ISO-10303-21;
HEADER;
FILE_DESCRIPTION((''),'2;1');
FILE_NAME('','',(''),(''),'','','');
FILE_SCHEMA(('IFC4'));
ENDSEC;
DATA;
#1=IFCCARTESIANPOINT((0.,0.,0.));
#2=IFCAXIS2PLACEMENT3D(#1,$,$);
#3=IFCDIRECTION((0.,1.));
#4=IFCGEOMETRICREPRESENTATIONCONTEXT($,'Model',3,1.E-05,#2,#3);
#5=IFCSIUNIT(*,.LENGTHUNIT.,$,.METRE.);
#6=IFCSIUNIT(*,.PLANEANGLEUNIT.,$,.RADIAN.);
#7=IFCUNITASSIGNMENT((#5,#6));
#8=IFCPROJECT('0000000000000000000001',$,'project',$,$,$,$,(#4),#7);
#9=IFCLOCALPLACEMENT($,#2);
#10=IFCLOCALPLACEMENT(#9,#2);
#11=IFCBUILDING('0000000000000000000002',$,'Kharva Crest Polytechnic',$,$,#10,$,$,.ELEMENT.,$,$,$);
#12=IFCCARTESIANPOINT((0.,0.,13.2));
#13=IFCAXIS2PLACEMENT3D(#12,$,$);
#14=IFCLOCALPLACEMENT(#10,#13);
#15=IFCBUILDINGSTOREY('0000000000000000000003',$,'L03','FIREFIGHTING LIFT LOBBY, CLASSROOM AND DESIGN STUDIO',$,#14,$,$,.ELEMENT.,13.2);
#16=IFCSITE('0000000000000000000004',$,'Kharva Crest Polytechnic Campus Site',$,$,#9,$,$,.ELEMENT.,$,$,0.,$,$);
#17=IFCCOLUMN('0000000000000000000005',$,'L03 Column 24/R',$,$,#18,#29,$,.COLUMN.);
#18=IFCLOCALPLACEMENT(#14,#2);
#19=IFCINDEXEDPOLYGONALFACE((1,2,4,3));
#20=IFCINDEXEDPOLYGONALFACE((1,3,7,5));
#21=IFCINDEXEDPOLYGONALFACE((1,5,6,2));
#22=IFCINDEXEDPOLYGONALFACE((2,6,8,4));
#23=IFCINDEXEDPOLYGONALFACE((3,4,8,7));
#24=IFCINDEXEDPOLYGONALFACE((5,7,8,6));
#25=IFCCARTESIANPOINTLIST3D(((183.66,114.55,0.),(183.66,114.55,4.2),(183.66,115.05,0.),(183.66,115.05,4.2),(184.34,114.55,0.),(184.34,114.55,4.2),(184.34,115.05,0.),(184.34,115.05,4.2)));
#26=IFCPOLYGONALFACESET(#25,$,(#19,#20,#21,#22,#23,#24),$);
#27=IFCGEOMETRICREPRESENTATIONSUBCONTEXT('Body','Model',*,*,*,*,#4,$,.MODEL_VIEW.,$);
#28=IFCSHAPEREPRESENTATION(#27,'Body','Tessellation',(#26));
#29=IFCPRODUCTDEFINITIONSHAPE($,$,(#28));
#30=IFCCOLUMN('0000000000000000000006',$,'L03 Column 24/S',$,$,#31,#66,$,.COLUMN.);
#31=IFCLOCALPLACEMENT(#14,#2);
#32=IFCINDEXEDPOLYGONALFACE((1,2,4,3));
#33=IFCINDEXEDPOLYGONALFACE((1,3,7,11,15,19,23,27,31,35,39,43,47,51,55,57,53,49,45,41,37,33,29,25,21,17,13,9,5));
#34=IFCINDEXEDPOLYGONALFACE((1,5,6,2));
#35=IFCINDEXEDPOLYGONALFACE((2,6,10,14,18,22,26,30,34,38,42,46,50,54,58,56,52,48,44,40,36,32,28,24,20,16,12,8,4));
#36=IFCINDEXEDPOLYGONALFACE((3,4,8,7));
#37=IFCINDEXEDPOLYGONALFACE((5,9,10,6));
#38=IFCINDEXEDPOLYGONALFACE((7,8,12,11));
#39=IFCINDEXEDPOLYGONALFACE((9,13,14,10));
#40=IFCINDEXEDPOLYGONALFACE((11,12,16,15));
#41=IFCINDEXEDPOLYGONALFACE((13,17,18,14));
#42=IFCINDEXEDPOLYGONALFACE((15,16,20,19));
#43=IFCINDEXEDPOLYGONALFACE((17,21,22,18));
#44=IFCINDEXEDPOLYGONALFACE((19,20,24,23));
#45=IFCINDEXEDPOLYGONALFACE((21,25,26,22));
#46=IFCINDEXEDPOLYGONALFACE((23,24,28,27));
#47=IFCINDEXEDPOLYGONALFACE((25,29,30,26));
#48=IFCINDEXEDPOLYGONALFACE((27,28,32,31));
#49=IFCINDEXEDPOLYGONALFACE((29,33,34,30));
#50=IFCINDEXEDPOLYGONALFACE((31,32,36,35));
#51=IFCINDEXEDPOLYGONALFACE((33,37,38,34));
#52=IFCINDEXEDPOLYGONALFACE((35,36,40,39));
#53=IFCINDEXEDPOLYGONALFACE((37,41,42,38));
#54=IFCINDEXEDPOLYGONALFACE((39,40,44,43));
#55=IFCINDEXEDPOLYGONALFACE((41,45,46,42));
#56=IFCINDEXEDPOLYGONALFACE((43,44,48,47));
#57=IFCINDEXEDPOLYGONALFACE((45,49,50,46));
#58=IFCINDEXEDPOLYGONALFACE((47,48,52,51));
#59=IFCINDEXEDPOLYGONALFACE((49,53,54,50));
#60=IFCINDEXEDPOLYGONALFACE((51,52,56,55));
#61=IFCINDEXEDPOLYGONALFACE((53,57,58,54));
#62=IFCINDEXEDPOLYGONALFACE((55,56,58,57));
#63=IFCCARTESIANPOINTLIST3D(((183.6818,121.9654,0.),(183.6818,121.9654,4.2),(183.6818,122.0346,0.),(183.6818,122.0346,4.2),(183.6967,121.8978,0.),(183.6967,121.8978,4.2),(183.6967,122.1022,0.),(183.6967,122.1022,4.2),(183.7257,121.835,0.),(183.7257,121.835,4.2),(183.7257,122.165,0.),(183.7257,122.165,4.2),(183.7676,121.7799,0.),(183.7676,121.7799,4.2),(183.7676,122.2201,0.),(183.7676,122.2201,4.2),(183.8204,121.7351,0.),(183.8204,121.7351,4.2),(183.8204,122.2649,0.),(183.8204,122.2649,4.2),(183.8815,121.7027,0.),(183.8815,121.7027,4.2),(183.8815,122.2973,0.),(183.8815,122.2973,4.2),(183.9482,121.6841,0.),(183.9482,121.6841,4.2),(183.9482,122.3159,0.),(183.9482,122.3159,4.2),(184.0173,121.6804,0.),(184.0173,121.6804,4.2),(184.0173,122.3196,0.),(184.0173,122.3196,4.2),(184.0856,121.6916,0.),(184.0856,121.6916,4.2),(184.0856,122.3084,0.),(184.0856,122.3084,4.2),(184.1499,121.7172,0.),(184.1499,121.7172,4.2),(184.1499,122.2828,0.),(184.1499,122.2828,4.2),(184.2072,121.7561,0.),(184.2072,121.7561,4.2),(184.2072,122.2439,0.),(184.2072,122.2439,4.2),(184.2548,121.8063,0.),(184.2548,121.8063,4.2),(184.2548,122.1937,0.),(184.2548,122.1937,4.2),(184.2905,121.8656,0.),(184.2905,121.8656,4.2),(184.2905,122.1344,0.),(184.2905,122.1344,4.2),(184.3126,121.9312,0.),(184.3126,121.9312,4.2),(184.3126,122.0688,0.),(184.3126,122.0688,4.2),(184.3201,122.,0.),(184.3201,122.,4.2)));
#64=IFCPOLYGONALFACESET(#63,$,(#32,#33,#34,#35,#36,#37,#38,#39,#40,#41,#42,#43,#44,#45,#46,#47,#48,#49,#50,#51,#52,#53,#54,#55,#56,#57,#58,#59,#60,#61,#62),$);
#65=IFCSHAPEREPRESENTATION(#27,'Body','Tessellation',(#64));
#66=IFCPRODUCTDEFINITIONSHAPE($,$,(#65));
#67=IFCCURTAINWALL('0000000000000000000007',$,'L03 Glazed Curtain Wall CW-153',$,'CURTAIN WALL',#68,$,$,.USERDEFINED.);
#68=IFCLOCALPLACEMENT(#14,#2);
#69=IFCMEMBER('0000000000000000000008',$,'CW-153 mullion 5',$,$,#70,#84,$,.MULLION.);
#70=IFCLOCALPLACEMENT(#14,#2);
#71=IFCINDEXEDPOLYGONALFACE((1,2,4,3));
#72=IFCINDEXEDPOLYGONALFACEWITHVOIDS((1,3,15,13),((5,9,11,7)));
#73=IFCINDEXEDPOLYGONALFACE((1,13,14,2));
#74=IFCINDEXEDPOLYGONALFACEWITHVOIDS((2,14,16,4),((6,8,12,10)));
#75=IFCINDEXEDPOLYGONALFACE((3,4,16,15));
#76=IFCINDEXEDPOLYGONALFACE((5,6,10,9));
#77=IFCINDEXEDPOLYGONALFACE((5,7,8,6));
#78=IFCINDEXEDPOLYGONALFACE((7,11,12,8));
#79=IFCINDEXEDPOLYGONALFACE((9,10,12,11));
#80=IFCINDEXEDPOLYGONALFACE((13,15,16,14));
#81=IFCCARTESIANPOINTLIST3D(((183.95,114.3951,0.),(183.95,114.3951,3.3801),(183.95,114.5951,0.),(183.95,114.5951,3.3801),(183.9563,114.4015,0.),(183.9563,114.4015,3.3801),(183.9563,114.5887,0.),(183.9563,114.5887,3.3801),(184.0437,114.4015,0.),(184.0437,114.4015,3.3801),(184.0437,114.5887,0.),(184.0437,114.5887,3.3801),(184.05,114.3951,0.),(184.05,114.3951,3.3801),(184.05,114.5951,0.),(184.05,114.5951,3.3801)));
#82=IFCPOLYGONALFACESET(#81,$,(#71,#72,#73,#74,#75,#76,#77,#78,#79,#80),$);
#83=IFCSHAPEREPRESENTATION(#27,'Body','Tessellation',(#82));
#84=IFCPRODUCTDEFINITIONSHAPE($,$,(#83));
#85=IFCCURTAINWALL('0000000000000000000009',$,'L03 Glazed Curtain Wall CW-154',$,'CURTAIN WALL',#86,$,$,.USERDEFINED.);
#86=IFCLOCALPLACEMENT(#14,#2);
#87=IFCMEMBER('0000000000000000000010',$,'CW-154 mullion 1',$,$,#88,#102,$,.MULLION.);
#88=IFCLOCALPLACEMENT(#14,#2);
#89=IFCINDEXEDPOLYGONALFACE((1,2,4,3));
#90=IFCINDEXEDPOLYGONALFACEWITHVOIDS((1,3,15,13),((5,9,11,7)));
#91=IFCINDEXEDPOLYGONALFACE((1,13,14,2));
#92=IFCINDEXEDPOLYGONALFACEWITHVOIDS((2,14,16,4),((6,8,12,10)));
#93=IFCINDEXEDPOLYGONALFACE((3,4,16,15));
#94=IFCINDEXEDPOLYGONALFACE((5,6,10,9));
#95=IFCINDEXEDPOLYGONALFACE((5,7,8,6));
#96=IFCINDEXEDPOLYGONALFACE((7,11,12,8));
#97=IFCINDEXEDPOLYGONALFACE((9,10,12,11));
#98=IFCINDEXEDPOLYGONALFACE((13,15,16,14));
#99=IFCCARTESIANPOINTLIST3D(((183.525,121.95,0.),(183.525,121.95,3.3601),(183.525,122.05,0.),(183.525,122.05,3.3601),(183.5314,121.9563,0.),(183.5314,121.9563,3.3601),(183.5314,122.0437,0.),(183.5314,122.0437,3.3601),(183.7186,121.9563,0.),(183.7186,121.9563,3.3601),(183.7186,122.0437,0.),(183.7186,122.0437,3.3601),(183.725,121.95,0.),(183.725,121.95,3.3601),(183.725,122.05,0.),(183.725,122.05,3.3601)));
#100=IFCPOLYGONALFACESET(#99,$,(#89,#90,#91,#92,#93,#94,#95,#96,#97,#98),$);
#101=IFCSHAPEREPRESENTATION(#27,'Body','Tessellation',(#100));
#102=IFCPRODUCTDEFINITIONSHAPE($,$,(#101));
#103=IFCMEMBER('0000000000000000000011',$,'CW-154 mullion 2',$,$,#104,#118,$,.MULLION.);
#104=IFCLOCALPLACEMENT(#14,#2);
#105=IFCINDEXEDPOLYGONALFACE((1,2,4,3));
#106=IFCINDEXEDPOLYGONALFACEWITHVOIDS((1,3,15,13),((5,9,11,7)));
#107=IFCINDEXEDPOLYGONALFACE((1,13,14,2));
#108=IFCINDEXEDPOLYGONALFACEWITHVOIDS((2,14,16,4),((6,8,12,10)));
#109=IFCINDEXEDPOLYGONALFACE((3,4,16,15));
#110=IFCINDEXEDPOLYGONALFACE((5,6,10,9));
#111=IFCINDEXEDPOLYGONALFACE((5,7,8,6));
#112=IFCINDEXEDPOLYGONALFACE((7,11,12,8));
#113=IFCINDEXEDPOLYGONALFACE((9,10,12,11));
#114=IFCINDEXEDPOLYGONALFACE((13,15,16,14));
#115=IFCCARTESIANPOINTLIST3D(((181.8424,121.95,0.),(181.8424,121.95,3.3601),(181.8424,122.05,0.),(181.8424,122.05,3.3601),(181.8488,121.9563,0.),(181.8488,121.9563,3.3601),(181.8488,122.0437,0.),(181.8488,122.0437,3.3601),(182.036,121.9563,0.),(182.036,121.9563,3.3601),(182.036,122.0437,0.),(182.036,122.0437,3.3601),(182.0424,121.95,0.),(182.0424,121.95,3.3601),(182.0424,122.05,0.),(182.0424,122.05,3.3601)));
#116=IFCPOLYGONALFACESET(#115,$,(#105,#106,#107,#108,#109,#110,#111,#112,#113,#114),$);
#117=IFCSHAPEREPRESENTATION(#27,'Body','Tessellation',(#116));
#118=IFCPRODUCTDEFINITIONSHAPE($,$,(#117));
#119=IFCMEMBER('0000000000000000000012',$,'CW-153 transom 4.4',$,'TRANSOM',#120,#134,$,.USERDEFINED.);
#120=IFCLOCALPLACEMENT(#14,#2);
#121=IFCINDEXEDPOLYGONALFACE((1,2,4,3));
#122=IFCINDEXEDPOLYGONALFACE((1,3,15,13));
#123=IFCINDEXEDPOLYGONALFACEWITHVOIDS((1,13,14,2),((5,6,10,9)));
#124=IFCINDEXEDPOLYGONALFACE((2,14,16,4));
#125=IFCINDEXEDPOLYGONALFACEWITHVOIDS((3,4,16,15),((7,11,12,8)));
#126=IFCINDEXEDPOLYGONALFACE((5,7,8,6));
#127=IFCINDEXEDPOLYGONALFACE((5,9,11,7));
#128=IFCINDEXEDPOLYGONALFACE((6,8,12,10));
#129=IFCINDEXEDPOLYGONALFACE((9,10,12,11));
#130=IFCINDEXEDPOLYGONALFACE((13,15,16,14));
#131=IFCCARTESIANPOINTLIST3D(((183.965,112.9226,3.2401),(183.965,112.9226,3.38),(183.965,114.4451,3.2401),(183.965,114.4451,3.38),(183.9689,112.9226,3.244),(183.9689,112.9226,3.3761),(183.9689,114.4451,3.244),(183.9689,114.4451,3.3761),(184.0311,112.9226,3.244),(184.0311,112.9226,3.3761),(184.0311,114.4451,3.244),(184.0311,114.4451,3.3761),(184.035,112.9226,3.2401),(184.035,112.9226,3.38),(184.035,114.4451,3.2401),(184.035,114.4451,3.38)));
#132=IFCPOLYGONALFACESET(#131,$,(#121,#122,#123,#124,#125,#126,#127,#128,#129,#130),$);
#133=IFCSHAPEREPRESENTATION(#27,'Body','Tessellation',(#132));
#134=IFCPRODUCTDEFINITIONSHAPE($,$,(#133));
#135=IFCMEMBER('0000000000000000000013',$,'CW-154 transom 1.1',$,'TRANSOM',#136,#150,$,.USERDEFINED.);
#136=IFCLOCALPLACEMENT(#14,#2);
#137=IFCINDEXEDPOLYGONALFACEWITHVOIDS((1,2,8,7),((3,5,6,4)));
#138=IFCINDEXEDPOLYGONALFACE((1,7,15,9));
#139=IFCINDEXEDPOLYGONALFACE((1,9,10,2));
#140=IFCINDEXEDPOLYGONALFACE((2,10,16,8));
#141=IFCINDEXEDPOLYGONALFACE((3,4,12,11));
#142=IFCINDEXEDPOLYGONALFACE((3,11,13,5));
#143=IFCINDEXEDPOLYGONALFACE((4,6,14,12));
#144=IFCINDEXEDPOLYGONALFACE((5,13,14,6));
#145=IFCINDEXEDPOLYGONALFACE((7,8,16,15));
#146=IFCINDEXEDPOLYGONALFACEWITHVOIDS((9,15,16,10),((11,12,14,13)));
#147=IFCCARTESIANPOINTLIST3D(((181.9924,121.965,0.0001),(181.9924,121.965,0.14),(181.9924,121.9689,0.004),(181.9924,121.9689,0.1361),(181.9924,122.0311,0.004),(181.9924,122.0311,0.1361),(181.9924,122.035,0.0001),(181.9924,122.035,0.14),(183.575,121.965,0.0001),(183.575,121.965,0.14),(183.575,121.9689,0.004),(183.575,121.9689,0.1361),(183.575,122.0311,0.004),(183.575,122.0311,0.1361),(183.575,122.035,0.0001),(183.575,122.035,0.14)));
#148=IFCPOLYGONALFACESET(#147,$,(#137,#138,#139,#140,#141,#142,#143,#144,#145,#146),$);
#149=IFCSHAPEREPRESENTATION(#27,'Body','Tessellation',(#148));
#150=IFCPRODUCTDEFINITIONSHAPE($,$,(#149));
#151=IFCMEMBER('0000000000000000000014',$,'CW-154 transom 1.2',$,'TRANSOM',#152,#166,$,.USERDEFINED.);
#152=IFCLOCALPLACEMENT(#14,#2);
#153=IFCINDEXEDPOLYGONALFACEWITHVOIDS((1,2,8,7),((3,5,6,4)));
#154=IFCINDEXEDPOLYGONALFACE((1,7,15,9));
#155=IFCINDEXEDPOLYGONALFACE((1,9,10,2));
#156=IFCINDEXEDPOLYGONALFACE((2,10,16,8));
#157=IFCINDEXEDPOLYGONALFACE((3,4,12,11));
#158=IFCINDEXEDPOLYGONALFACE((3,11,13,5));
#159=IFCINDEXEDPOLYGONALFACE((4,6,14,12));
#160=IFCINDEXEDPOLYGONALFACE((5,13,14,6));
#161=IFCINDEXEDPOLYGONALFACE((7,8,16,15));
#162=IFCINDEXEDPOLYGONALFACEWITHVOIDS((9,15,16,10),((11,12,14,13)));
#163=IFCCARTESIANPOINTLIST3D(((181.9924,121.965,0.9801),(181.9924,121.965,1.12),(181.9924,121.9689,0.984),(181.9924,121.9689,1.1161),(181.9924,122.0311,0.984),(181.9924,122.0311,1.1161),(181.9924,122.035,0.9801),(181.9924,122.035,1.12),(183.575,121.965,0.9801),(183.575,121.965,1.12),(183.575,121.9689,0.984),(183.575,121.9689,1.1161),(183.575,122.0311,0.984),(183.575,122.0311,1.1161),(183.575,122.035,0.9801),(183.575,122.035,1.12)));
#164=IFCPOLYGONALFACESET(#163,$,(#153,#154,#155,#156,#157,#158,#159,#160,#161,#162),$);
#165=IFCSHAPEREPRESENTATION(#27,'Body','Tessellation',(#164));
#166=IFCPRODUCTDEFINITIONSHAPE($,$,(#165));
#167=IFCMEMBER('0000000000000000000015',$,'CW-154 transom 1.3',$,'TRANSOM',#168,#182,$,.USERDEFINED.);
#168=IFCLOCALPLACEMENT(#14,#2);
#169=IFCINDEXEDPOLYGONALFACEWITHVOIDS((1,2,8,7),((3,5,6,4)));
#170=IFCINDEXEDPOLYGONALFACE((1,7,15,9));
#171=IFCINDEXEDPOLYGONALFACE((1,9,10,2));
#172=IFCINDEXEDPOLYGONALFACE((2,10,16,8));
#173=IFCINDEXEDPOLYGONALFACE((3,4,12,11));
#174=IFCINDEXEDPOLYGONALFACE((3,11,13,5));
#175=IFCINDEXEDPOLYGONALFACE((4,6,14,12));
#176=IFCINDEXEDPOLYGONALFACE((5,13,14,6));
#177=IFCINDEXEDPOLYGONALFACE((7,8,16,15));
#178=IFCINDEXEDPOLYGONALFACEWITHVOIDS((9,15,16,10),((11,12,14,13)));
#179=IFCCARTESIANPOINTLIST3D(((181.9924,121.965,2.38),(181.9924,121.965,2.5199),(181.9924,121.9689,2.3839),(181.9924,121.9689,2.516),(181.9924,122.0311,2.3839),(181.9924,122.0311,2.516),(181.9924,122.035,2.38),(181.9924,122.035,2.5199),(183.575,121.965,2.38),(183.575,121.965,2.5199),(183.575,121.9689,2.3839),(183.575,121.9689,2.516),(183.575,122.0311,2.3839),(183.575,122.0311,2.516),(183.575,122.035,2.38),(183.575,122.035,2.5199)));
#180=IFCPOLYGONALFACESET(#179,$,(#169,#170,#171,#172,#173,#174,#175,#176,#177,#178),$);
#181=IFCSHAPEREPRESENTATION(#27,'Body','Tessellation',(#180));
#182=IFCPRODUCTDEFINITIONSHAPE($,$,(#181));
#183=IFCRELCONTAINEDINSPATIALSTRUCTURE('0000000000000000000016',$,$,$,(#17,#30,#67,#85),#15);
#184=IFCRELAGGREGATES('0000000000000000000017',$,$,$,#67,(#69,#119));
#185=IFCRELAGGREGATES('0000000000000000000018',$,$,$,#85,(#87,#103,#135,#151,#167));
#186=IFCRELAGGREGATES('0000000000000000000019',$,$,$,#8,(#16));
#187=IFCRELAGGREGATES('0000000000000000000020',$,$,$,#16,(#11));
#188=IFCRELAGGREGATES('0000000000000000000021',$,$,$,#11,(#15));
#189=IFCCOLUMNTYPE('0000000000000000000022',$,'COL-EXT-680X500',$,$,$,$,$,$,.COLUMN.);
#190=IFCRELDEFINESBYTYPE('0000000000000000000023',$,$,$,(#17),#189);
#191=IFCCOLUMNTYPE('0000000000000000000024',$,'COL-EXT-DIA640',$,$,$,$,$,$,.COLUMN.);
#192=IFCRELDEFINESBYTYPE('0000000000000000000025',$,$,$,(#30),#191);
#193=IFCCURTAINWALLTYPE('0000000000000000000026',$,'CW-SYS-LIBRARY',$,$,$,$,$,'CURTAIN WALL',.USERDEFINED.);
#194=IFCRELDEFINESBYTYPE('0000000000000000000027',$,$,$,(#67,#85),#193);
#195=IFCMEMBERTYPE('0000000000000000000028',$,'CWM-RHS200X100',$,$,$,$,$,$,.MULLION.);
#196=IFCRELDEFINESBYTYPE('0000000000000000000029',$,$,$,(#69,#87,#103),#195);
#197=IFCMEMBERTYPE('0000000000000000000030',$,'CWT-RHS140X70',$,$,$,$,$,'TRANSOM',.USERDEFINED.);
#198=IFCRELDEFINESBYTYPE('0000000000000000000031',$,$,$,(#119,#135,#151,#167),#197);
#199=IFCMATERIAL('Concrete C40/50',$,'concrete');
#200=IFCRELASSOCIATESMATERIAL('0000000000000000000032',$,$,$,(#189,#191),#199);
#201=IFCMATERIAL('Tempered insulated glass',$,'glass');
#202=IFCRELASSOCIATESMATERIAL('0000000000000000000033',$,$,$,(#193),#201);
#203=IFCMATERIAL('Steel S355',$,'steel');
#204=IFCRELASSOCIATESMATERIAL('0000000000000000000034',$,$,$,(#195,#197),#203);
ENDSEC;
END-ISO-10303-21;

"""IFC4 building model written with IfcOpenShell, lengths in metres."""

from ifc_helpers import new_model, si_unit, direction, frame, origin, origin_2d, place, context, subcontext, project, spatial, rectangle, hollow_rectangle, circle, extrude, material, material_profile, profile_set, type_object, element, aggregate, save


model = new_model("IFC4")

# Units and contexts
model_context = context("Model", 3, precision=1e-05, world=origin(), true_north=direction((0.0, 1.0)))
body_context = subcontext(model_context, "Body", "Model", "MODEL_VIEW")
ifc_project = project(units=[si_unit("LENGTHUNIT", "METRE"), si_unit("PLANEANGLEUNIT", "RADIAN")], contexts=[model_context])

# Site, building, storey
site_placement = place(None, origin())
site = spatial("IfcSite", under=ifc_project, at=site_placement, Name="Kharva Crest Polytechnic Campus Site", CompositionType="ELEMENT", RefElevation=0.0)
building_placement = place(site_placement, origin())
building = spatial("IfcBuilding", under=site, at=building_placement, Name="Kharva Crest Polytechnic", CompositionType="ELEMENT")
storey_placement = place(building_placement, frame((0.0, 0.0, 13.2)))
storey = spatial("IfcBuildingStorey", under=building, at=storey_placement, Name="L03", Description="FIREFIGHTING LIFT LOBBY, CLASSROOM AND DESIGN STUDIO", CompositionType="ELEMENT", Elevation=13.2)

# Columns
ifc_material_1 = material(Name="Concrete C40/50", Category="concrete")
ifc_material_profile_1 = material_profile(ifc_material_1, rectangle(XDim=0.6799, YDim=0.5, at=origin_2d()), Name="RECT 680 X 500")
ifc_profile_set_1 = profile_set([ifc_material_profile_1], Name="Concrete C40/50")
column_type_1 = type_object("IfcColumnType", Name="COL-EXT-680X500", PredefinedType="COLUMN", material=ifc_profile_set_1)
column_1_placement = place(storey_placement, frame((184.0, 114.8, 0.0), z_axis=(0.0, 0.0, 1.0), x_axis=(1.0, 0.0, 0.0)))
element("IfcColumn", 1, at=column_1_placement, inside=storey, type_object=column_type_1, Name="L03 Column 24/R", PredefinedType="COLUMN", context=body_context, shape_type="SweptSolid", body=[
    extrude(rectangle(XDim=0.6799, YDim=0.5, at=origin_2d()), origin(), (0.0, 0.0, 1.0), 4.2),
])
ifc_material_profile_2 = material_profile(ifc_material_1, circle(Radius=0.3201, at=origin_2d()), Name="DIA 640")
ifc_profile_set_2 = profile_set([ifc_material_profile_2], Name="Concrete C40/50")
column_type_2 = type_object("IfcColumnType", Name="COL-EXT-DIA640", PredefinedType="COLUMN", material=ifc_profile_set_2)
column_2_placement = place(storey_placement, frame((184.0, 122.0, 0.0), z_axis=(0.0, 0.0, 1.0), x_axis=(1.0, 0.0, 0.0)))
element("IfcColumn", 2, at=column_2_placement, inside=storey, type_object=column_type_2, Name="L03 Column 24/S", PredefinedType="COLUMN", context=body_context, shape_type="SweptSolid", body=[
    extrude(circle(Radius=0.3201, at=origin_2d()), origin(), (0.0, 0.0, 1.0), 4.2),
])

# Curtain wall, member
ifc_material_2 = material(Name="Tempered insulated glass", Category="glass")
curtain_wall_type = type_object("IfcCurtainWallType", Name="CW-SYS-LIBRARY", ElementType="CURTAIN WALL", PredefinedType="USERDEFINED", material=ifc_material_2)
curtain_wall_1_placement = place(storey_placement, origin())
curtain_wall_1 = element("IfcCurtainWall", 3, at=curtain_wall_1_placement, inside=storey, type_object=curtain_wall_type, Name="L03 Glazed Curtain Wall CW-153", ObjectType="CURTAIN WALL", PredefinedType="USERDEFINED")
ifc_material_3 = material(Name="Steel S355", Category="steel")
ifc_material_profile_3 = material_profile(ifc_material_3, hollow_rectangle(XDim=0.1001, YDim=0.2, WallThickness=0.0063, at=origin_2d()), Name="RHS 200X100X6.3")
ifc_profile_set_3 = profile_set([ifc_material_profile_3], Name="Steel S355")
member_type_1 = type_object("IfcMemberType", Name="CWM-RHS200X100", PredefinedType="MULLION", material=ifc_profile_set_3)
member_1_placement = place(storey_placement, frame((184.0, 114.4951, 0.0), z_axis=(0.0, 0.0, 1.0), x_axis=(-1.0, 0.0, 0.0)))
member_1 = element("IfcMember", 4, at=member_1_placement, type_object=member_type_1, Name="CW-153 mullion 5", PredefinedType="MULLION", context=body_context, shape_type="SweptSolid", body=[
    extrude(hollow_rectangle(XDim=0.1001, YDim=0.2, WallThickness=0.0063, at=origin_2d()), origin(), (0.0, 0.0, 1.0), 3.3801),
])

# Curtain wall, members
curtain_wall_2_placement = place(storey_placement, origin())
curtain_wall_2 = element("IfcCurtainWall", 5, at=curtain_wall_2_placement, inside=storey, type_object=curtain_wall_type, Name="L03 Glazed Curtain Wall CW-154", ObjectType="CURTAIN WALL", PredefinedType="USERDEFINED")
member_2_placement = place(storey_placement, frame((183.625, 122.0, 0.0), z_axis=(0.0, 0.0, 1.0), x_axis=(0.0, -1.0, 0.0)))
member_2 = element("IfcMember", 6, at=member_2_placement, type_object=member_type_1, Name="CW-154 mullion 1", PredefinedType="MULLION", context=body_context, shape_type="SweptSolid", body=[
    extrude(hollow_rectangle(XDim=0.1001, YDim=0.2, WallThickness=0.0063, at=origin_2d()), origin(), (0.0, 0.0, 1.0), 3.3601),
])
member_3_placement = place(storey_placement, frame((181.9424, 122.0, 0.0), z_axis=(0.0, 0.0, 1.0), x_axis=(0.0, -1.0, 0.0)))
member_3 = element("IfcMember", 7, at=member_3_placement, type_object=member_type_1, Name="CW-154 mullion 2", PredefinedType="MULLION", context=body_context, shape_type="SweptSolid", body=[
    extrude(hollow_rectangle(XDim=0.1001, YDim=0.2, WallThickness=0.0063, at=origin_2d()), origin(), (0.0, 0.0, 1.0), 3.3601),
])

# Members
ifc_material_profile_4 = material_profile(ifc_material_3, hollow_rectangle(XDim=0.0701, YDim=0.1399, WallThickness=0.0039, at=origin_2d()), Name="RHS 140X70X4.0")
ifc_profile_set_4 = profile_set([ifc_material_profile_4], Name="Steel S355")
member_type_2 = type_object("IfcMemberType", Name="CWT-RHS140X70", ElementType="TRANSOM", PredefinedType="USERDEFINED", material=ifc_profile_set_4)
member_4_placement = place(storey_placement, frame((184.0, 112.9226, 3.3101), z_axis=(0.0, 1.0, 0.0), x_axis=(-1.0, 0.0, 0.0)))
member_4 = element("IfcMember", 8, at=member_4_placement, type_object=member_type_2, Name="CW-153 transom 4.4", ObjectType="TRANSOM", PredefinedType="USERDEFINED", context=body_context, shape_type="SweptSolid", body=[
    extrude(hollow_rectangle(XDim=0.0701, YDim=0.1399, WallThickness=0.0039, at=origin_2d()), origin(), (0.0, 0.0, 1.0), 1.5225),
])
member_5_placement = place(storey_placement, frame((183.575, 122.0, 0.0701), z_axis=(-1.0, 0.0, 0.0), x_axis=(0.0, -1.0, 0.0)))
member_5 = element("IfcMember", 9, at=member_5_placement, type_object=member_type_2, Name="CW-154 transom 1.1", ObjectType="TRANSOM", PredefinedType="USERDEFINED", context=body_context, shape_type="SweptSolid", body=[
    extrude(hollow_rectangle(XDim=0.0701, YDim=0.1399, WallThickness=0.0039, at=origin_2d()), origin(), (0.0, 0.0, 1.0), 1.5825),
])
member_6_placement = place(storey_placement, frame((183.575, 122.0, 1.05), z_axis=(-1.0, 0.0, 0.0), x_axis=(0.0, -1.0, 0.0)))
member_6 = element("IfcMember", 10, at=member_6_placement, type_object=member_type_2, Name="CW-154 transom 1.2", ObjectType="TRANSOM", PredefinedType="USERDEFINED", context=body_context, shape_type="SweptSolid", body=[
    extrude(hollow_rectangle(XDim=0.0701, YDim=0.1399, WallThickness=0.0039, at=origin_2d()), origin(), (0.0, 0.0, 1.0), 1.5825),
])
member_7_placement = place(storey_placement, frame((183.575, 122.0, 2.45), z_axis=(-1.0, 0.0, 0.0), x_axis=(0.0, -1.0, 0.0)))
member_7 = element("IfcMember", 11, at=member_7_placement, type_object=member_type_2, Name="CW-154 transom 1.3", ObjectType="TRANSOM", PredefinedType="USERDEFINED", context=body_context, shape_type="SweptSolid", body=[
    extrude(hollow_rectangle(XDim=0.0701, YDim=0.1399, WallThickness=0.0039, at=origin_2d()), origin(), (0.0, 0.0, 1.0), 1.5825),
])

aggregate(curtain_wall_1, [member_1, member_4])
aggregate(curtain_wall_2, [member_2, member_3, member_5, member_6, member_7])

save(model, "model.ifc")
